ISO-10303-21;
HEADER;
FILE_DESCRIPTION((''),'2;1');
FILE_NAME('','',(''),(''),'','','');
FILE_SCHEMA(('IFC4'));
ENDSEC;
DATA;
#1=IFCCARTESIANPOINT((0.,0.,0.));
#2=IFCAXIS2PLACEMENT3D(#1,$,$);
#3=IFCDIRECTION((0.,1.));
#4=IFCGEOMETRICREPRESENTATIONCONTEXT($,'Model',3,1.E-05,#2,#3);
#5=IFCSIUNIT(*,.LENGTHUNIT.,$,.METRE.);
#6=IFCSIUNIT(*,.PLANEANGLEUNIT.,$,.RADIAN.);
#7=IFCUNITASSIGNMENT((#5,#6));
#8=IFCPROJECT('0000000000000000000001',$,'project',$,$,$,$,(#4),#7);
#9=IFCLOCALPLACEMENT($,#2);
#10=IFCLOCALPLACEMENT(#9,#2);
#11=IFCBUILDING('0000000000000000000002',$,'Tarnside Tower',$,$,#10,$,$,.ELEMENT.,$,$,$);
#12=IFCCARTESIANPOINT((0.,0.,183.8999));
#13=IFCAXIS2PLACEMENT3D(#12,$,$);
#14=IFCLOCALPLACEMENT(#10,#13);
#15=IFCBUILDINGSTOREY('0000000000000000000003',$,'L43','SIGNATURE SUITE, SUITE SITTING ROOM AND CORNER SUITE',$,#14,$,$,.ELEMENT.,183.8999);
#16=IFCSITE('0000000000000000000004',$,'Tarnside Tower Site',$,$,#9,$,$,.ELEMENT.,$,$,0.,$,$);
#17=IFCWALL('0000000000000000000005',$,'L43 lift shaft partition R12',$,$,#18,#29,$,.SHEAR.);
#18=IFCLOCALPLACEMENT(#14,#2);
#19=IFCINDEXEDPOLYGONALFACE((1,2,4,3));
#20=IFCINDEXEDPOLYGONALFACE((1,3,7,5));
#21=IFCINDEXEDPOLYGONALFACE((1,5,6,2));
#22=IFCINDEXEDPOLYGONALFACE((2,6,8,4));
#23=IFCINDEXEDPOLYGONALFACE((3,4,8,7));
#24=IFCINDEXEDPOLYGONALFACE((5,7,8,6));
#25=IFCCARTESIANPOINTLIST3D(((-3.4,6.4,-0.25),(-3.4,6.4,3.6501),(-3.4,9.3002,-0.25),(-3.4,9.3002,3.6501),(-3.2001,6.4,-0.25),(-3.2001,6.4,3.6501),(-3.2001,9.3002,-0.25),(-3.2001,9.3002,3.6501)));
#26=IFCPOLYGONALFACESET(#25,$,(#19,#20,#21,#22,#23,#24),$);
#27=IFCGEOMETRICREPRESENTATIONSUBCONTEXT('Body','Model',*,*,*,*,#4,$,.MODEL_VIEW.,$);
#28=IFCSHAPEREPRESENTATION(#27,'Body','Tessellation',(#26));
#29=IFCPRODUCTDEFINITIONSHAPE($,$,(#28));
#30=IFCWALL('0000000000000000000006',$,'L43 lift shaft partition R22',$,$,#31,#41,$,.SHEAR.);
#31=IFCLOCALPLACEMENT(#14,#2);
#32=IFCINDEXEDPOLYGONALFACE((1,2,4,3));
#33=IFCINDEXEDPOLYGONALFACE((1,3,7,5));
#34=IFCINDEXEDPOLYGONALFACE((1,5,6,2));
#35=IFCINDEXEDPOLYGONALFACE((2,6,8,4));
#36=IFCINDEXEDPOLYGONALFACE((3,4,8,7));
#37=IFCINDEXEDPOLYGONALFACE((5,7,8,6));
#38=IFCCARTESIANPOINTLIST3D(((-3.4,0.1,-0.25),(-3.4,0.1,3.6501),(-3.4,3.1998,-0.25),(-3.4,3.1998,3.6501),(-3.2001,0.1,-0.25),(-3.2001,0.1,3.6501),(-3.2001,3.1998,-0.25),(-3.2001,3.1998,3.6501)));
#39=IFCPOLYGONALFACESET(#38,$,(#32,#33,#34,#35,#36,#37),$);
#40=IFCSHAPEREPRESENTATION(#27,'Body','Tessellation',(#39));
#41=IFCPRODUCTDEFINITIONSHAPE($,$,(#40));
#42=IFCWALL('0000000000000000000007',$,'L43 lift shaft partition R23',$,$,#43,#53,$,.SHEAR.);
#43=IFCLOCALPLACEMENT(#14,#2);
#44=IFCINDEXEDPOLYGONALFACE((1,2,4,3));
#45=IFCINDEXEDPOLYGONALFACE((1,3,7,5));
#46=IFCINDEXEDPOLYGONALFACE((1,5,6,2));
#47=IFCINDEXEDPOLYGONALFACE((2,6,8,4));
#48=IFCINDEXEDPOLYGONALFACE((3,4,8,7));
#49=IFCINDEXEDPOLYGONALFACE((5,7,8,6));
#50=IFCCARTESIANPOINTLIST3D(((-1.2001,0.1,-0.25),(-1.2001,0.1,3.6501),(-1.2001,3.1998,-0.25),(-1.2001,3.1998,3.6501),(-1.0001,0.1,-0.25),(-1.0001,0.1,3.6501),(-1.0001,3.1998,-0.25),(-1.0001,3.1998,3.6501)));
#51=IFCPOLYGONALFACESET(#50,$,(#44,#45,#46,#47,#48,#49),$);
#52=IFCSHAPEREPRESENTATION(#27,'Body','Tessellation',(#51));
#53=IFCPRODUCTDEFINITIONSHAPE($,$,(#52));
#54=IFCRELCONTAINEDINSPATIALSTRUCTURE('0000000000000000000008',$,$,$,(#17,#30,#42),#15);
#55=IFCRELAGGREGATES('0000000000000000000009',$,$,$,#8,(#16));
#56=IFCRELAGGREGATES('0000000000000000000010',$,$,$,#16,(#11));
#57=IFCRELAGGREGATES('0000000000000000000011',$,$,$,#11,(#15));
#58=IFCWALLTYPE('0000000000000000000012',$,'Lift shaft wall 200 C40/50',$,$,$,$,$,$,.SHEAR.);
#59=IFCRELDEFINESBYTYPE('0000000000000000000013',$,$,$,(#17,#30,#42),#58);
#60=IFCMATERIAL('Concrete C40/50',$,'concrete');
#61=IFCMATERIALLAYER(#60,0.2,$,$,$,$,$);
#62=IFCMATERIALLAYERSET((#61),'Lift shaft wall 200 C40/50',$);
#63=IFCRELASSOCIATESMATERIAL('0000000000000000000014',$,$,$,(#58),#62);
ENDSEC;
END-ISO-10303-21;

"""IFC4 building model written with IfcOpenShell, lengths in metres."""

from ifc_helpers import new_model, si_unit, direction, frame, frame_2d, origin, place, context, subcontext, project, spatial, rectangle, extrude, material, layer, layer_set, type_object, element, save


model = new_model("IFC4")

# Units and contexts
model_context = context("Model", 3, precision=1e-05, world=origin(), true_north=direction((0.0, 1.0)))
body_context = subcontext(model_context, "Body", "Model", "MODEL_VIEW")
ifc_project = project(units=[si_unit("LENGTHUNIT", "METRE"), si_unit("PLANEANGLEUNIT", "RADIAN")], contexts=[model_context])

# Site, building, storey
site_placement = place(None, origin())
site = spatial("IfcSite", under=ifc_project, at=site_placement, Name="Tarnside Tower Site", CompositionType="ELEMENT", RefElevation=0.0)
building_placement = place(site_placement, origin())
building = spatial("IfcBuilding", under=site, at=building_placement, Name="Tarnside Tower", CompositionType="ELEMENT")
storey_placement = place(building_placement, frame((0.0, 0.0, 183.8999)))
storey = spatial("IfcBuildingStorey", under=building, at=storey_placement, Name="L43", Description="SIGNATURE SUITE, SUITE SITTING ROOM AND CORNER SUITE", CompositionType="ELEMENT", Elevation=183.8999)

# Shared definitions
ifc_material_1 = material(Name="Concrete C40/50", Category="concrete")

# Walls
ifc_layer_1 = layer(ifc_material_1, 0.2)
ifc_layer_set_1 = layer_set([ifc_layer_1], Name="Lift shaft wall 200 C40/50")
wall_type = type_object("IfcWallType", Name="Lift shaft wall 200 C40/50", PredefinedType="SHEAR", material=ifc_layer_set_1)
wall_placement = place(storey_placement, frame((-3.3, 6.3999, -0.25), z_axis=(0.0, 0.0, 1.0), x_axis=(0.0, 1.0, 0.0)))
element("IfcWall", 1, at=wall_placement, inside=storey, type_object=wall_type, Name="L43 lift shaft partition R12", PredefinedType="SHEAR", context=body_context, shape_type="SweptSolid", body=[
    extrude(rectangle(XDim=2.9001, YDim=0.2, at=frame_2d((1.4502, 0.0))), origin(), (0.0, 0.0, 1.0), 3.9001),
])
for number, where, z_axis, x_axis, name in (
    (2, (-3.3, 0.1001, -0.25), (0.0, 0.0, 1.0), (0.0, 1.0, 0.0), "L43 lift shaft partition R22"),
    (3, (-1.1001, 0.1001, -0.25), (0.0, 0.0, 1.0), (0.0, 1.0, 0.0), "L43 lift shaft partition R23"),
):
    element("IfcWall", number, at=place(storey_placement, frame(where, z_axis=z_axis, x_axis=x_axis)), inside=storey, type_object=wall_type, Name=name, PredefinedType="SHEAR", context=body_context, shape_type="SweptSolid", body=[
        extrude(rectangle(XDim=3.0999, YDim=0.2, at=frame_2d((1.5498, 0.0))), origin(), (0.0, 0.0, 1.0), 3.9001),
    ])

save(model, "model.ifc")
